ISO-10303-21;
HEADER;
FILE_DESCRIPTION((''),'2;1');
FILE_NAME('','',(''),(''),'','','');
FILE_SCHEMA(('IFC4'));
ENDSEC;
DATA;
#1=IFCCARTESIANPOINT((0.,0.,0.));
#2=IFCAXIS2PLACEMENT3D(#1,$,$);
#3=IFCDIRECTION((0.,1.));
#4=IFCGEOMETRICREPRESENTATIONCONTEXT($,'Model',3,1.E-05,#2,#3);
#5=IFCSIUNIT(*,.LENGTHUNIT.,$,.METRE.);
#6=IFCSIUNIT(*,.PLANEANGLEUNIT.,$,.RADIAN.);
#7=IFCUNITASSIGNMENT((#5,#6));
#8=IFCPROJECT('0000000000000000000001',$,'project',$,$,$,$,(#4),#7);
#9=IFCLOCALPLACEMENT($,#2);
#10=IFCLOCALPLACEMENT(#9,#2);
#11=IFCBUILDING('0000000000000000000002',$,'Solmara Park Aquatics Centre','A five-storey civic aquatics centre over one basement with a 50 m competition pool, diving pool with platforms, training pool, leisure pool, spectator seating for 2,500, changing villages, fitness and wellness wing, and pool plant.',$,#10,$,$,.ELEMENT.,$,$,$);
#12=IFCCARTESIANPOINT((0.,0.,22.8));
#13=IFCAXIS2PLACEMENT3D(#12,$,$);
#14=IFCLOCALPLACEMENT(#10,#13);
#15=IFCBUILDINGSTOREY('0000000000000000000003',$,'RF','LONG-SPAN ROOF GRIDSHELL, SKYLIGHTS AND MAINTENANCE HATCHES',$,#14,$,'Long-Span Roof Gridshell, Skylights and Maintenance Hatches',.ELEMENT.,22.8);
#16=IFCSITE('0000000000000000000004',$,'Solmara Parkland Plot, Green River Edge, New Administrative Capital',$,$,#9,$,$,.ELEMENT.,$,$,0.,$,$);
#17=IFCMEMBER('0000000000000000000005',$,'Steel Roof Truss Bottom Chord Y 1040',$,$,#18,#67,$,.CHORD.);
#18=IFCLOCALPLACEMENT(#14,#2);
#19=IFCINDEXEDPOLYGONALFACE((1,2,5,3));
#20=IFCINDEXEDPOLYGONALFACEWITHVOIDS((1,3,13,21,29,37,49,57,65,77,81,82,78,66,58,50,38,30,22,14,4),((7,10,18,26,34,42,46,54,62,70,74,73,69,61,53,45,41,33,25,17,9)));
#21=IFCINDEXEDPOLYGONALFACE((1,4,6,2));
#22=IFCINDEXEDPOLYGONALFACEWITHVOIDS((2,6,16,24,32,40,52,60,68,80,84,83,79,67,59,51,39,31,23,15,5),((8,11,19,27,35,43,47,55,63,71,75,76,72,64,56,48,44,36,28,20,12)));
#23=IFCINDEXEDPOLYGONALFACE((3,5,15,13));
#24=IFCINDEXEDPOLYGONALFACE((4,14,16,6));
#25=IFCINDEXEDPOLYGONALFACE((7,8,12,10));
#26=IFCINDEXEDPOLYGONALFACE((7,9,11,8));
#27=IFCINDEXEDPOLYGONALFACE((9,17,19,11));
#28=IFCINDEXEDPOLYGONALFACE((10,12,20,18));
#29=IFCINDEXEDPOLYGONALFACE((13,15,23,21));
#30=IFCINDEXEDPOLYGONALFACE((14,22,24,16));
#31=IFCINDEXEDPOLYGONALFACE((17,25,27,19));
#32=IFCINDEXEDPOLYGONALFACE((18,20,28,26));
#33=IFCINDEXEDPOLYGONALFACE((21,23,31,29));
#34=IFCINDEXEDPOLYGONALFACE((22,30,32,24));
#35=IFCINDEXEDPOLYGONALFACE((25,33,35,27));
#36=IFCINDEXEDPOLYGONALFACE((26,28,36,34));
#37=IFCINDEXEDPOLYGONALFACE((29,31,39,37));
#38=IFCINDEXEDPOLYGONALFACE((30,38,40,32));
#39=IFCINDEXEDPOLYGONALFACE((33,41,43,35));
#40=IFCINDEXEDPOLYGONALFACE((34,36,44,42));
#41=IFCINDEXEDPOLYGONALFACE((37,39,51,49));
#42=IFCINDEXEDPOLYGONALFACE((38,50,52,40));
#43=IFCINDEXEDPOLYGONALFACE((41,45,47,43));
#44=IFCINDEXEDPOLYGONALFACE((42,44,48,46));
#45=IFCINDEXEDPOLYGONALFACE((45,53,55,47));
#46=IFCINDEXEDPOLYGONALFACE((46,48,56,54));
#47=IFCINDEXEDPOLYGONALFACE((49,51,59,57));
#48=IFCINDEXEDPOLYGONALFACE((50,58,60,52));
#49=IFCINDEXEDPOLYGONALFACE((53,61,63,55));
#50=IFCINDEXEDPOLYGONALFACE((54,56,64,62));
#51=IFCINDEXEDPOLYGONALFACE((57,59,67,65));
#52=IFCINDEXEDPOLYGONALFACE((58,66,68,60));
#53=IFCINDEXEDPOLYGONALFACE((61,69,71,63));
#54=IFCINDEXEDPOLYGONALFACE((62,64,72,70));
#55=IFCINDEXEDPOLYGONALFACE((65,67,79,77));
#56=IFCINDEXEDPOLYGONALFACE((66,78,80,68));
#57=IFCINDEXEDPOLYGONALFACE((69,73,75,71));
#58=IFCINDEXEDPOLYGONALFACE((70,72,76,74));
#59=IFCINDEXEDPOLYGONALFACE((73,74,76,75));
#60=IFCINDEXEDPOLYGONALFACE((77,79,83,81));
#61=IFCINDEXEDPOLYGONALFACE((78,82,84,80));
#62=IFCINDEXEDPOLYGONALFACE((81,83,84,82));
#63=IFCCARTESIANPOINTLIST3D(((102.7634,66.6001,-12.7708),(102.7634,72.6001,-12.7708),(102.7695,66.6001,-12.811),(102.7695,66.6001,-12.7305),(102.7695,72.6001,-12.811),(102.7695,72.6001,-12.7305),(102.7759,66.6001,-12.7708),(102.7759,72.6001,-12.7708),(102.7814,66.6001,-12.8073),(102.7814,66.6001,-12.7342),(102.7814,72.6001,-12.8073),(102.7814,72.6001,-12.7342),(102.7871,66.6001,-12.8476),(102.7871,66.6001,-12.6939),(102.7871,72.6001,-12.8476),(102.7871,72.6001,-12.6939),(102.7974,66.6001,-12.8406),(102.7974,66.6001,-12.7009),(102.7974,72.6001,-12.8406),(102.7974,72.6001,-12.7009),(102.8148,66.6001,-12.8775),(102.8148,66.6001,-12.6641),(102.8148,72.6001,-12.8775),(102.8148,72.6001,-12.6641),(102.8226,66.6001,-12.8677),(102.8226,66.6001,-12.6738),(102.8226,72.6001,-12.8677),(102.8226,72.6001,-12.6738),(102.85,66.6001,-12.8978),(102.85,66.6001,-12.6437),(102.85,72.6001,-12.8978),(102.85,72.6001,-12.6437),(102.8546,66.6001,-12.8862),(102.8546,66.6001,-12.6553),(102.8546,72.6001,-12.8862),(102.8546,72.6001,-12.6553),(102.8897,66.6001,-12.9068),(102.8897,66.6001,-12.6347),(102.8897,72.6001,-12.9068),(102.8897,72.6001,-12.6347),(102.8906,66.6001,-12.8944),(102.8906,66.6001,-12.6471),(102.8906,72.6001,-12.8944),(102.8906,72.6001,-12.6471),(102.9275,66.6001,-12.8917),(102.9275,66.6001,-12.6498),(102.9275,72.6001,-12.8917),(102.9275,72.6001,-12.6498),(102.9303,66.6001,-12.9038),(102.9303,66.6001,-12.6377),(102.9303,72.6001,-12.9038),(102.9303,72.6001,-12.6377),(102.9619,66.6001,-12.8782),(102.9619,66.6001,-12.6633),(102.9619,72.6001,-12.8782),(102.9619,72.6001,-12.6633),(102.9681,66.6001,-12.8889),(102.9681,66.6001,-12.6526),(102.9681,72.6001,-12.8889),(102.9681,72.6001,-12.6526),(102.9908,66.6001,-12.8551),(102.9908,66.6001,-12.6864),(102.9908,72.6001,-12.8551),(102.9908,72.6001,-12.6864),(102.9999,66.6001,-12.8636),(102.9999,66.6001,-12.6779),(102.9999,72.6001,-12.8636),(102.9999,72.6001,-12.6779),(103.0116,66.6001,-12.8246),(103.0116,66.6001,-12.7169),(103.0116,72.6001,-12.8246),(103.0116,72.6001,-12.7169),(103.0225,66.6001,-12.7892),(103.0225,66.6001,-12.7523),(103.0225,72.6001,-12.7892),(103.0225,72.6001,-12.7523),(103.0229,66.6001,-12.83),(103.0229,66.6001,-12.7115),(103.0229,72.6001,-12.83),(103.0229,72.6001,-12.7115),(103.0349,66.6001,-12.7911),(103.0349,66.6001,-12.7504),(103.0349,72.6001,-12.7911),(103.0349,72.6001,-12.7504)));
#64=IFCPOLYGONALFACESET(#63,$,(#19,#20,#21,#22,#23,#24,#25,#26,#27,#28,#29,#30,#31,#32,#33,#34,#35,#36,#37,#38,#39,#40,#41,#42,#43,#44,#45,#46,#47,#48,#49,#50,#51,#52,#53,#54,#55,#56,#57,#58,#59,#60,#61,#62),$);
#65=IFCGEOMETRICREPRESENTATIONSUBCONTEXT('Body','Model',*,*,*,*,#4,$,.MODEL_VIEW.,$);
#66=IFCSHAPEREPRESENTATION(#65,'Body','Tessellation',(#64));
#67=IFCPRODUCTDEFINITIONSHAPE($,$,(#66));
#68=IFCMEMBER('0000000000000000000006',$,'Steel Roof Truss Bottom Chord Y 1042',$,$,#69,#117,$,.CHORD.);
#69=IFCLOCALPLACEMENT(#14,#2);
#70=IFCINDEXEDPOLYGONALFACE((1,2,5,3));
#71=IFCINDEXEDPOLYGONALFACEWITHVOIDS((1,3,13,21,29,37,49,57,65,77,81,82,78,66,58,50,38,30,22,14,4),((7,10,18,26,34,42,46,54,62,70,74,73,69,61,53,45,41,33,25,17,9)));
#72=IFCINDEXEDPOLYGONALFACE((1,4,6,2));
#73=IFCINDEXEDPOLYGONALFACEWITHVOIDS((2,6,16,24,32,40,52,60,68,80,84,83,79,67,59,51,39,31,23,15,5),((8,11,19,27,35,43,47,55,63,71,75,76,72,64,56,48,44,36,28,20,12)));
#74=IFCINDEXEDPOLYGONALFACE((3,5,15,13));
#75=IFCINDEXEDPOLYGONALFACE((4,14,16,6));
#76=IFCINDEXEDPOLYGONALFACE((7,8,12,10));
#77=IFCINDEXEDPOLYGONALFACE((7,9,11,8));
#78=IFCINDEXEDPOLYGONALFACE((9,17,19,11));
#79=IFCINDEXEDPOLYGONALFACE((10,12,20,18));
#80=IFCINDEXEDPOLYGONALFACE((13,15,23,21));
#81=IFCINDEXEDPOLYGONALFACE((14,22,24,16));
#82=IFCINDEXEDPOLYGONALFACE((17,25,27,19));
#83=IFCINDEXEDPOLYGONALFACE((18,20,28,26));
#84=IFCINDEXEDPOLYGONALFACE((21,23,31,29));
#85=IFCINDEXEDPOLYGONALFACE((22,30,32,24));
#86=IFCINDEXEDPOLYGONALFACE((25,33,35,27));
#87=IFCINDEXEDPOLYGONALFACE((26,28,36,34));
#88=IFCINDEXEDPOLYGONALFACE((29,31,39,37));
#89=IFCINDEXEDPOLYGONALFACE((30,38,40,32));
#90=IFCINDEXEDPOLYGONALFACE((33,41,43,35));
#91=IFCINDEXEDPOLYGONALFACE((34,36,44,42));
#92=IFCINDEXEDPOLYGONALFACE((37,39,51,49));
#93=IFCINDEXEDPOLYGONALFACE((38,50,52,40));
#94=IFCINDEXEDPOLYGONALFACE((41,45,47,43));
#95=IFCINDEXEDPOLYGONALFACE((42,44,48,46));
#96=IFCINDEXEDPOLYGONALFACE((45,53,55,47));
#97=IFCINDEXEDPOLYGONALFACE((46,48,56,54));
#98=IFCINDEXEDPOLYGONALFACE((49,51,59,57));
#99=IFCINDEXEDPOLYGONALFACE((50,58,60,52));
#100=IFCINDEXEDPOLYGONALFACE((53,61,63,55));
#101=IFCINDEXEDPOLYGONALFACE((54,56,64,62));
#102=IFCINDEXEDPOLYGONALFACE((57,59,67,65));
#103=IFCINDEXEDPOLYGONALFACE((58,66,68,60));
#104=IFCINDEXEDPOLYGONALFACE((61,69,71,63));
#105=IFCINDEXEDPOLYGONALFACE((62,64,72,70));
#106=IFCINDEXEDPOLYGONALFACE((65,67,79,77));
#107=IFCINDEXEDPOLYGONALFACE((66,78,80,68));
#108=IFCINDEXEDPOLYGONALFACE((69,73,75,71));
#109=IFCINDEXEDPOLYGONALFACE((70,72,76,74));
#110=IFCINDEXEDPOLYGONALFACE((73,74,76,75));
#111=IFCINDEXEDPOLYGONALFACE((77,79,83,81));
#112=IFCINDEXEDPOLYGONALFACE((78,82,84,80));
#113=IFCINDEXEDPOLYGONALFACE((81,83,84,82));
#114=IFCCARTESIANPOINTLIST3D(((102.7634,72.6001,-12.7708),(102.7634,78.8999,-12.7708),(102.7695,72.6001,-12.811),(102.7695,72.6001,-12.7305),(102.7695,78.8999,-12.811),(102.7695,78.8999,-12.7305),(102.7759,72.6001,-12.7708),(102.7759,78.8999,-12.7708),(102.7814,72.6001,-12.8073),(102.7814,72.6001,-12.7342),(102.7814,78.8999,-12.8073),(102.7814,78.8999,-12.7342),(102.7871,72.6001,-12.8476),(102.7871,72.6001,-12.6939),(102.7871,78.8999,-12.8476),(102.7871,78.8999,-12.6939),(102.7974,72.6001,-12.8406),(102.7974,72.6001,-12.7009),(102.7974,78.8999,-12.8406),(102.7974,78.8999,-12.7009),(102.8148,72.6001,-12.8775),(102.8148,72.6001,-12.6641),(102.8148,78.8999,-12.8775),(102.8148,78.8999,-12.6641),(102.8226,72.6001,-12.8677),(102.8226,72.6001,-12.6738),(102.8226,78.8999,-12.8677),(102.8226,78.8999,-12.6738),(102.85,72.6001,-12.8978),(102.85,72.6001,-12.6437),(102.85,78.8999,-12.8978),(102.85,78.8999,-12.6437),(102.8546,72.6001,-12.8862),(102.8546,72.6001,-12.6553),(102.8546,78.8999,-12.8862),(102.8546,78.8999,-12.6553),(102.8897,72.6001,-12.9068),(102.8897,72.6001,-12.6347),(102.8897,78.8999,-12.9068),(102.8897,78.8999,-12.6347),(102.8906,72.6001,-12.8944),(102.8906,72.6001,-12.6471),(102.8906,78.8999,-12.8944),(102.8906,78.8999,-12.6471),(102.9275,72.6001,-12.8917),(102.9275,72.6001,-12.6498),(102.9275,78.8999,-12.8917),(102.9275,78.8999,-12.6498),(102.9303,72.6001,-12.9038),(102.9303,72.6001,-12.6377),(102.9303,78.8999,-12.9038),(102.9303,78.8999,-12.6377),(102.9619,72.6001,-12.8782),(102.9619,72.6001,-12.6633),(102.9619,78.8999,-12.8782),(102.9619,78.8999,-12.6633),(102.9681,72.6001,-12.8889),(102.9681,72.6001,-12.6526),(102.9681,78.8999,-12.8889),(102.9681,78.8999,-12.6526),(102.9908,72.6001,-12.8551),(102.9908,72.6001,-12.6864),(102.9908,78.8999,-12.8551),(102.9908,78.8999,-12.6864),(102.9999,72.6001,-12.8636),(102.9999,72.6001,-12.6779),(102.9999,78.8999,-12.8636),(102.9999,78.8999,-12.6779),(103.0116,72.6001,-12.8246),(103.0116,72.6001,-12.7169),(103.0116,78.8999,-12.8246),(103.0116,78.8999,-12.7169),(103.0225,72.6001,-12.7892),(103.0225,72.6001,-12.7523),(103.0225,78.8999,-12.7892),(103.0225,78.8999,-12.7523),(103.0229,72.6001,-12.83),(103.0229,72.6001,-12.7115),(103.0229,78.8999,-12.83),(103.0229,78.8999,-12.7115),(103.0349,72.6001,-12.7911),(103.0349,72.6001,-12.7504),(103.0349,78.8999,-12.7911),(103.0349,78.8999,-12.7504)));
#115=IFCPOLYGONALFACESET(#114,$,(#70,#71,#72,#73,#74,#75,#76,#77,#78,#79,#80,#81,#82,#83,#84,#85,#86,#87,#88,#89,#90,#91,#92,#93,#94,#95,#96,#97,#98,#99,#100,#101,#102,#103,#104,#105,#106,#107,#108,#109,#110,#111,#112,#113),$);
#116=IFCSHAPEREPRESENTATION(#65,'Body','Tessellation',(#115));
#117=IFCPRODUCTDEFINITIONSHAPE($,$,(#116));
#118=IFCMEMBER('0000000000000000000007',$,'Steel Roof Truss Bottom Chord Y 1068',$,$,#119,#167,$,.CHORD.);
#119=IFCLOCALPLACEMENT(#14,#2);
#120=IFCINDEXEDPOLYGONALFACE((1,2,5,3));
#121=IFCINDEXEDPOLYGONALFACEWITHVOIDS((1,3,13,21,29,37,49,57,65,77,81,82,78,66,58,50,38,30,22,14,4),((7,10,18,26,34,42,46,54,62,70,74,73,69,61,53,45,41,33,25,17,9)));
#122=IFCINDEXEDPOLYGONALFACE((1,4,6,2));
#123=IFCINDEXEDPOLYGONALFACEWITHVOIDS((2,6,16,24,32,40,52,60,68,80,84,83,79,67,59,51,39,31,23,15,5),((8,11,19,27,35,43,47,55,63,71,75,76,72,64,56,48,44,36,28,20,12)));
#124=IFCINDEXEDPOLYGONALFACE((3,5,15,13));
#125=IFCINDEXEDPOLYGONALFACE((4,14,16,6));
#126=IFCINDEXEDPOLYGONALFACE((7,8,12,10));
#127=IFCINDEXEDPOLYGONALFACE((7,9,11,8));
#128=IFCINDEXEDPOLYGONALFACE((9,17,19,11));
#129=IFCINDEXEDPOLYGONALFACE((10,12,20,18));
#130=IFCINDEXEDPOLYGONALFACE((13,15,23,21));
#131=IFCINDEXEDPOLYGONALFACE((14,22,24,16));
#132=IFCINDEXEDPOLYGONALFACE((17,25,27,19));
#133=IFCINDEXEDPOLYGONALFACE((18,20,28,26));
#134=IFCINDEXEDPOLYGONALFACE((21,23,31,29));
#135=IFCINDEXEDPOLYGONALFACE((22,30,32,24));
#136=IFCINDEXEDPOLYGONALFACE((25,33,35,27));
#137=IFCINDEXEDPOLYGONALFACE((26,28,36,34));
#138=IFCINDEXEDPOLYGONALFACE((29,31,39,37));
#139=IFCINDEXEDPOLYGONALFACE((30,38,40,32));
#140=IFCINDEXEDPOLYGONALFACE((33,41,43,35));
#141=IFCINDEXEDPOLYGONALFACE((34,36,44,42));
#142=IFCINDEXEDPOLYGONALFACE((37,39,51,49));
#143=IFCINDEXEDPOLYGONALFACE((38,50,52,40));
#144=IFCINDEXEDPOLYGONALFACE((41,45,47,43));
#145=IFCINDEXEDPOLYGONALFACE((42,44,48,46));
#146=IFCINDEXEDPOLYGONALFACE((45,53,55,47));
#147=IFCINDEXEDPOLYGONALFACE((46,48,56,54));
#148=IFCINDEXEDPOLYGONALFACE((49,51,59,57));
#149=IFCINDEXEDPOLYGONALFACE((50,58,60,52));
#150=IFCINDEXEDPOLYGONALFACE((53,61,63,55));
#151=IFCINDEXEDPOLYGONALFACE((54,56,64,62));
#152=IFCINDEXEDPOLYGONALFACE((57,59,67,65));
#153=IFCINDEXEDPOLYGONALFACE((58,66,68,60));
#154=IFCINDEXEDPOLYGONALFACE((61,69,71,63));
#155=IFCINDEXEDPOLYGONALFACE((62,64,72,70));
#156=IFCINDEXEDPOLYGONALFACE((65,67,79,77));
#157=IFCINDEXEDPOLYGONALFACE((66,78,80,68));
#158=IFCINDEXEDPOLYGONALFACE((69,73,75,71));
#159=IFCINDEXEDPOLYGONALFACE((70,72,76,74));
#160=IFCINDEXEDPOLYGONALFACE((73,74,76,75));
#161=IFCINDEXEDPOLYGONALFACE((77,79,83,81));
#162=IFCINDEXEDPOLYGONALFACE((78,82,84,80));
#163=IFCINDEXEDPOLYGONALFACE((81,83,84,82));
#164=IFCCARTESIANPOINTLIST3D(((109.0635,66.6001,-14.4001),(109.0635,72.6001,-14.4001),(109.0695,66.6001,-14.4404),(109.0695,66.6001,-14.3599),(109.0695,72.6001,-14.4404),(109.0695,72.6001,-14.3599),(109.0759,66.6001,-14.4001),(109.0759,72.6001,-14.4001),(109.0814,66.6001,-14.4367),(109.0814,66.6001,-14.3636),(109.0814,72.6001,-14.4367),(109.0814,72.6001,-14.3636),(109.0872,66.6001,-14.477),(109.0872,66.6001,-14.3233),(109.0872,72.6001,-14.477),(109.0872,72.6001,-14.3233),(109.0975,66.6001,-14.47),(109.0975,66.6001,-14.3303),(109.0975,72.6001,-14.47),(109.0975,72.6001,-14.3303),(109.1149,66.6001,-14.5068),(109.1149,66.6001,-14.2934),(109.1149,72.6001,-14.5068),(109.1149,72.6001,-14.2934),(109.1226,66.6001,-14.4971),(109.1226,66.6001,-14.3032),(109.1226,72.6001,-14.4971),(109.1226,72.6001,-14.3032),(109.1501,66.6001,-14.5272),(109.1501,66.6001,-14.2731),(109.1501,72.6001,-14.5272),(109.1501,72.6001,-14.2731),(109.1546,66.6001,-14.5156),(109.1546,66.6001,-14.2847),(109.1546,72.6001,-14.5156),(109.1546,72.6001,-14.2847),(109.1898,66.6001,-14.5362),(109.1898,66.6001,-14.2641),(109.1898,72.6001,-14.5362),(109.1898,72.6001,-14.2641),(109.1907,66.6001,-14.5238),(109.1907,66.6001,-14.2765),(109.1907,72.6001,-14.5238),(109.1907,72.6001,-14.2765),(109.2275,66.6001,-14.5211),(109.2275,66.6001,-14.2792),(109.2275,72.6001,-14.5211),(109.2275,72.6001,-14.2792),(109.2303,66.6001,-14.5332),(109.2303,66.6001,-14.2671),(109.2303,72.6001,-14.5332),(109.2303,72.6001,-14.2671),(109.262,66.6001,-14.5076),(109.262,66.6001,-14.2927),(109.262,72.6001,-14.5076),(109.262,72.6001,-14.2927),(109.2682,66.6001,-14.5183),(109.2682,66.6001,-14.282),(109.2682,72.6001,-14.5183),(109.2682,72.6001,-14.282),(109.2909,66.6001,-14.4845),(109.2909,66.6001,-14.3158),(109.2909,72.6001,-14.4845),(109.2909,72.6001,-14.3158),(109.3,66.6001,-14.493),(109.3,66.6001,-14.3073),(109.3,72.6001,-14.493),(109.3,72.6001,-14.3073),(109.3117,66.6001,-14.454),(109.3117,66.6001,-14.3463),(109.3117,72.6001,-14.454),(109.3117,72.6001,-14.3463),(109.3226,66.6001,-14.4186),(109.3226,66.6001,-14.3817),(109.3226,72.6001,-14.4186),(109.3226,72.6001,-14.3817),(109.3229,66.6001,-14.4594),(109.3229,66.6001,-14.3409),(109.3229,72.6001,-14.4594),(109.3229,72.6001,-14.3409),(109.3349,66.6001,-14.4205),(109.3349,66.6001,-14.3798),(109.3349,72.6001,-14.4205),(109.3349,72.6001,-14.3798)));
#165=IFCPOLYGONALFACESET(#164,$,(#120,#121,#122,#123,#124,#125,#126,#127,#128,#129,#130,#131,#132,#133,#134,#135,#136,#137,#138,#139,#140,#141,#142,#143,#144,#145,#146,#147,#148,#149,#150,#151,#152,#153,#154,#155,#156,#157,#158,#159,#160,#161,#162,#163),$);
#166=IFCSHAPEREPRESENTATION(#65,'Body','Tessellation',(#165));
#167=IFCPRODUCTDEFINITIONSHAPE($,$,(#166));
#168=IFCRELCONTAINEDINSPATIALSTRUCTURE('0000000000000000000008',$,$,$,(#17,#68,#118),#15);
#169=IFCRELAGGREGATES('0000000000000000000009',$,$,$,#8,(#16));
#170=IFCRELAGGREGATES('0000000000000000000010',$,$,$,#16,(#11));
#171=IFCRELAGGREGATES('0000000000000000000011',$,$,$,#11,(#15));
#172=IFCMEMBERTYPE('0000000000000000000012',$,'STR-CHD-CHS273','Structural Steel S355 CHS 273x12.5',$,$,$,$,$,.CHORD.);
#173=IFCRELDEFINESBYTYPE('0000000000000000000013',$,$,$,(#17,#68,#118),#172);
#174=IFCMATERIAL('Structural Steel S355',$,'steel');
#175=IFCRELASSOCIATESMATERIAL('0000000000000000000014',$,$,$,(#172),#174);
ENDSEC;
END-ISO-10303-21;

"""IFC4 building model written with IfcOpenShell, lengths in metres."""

from ifc_helpers import new_model, si_unit, direction, frame, origin, origin_2d, place, context, subcontext, project, spatial, hollow_circle, extrude, material, material_profile, profile_set, type_object, element, save


model = new_model("IFC4")

# Units and contexts
model_context = context("Model", 3, precision=1e-05, world=origin(), true_north=direction((0.0, 1.0)))
body_context = subcontext(model_context, "Body", "Model", "MODEL_VIEW")
ifc_project = project(units=[si_unit("LENGTHUNIT", "METRE"), si_unit("PLANEANGLEUNIT", "RADIAN")], contexts=[model_context])

# Site, building, storey
site_placement = place(None, origin())
site = spatial("IfcSite", under=ifc_project, at=site_placement, Name="Solmara Parkland Plot, Green River Edge, New Administrative Capital", CompositionType="ELEMENT", RefElevation=0.0)
building_placement = place(site_placement, origin())
building = spatial("IfcBuilding", under=site, at=building_placement, Name="Solmara Park Aquatics Centre", Description="A five-storey civic aquatics centre over one basement with a 50 m competition pool, diving pool with platforms, training pool, leisure pool, spectator seating for 2,500, changing villages, fitness and wellness wing, and pool plant.", CompositionType="ELEMENT")
storey_placement = place(building_placement, frame((0.0, 0.0, 22.8)))
storey = spatial("IfcBuildingStorey", under=building, at=storey_placement, Name="RF", Description="LONG-SPAN ROOF GRIDSHELL, SKYLIGHTS AND MAINTENANCE HATCHES", LongName="Long-Span Roof Gridshell, Skylights and Maintenance Hatches", CompositionType="ELEMENT", Elevation=22.8)

# Members
ifc_material_1 = material(Name="Structural Steel S355", Category="steel")
ifc_material_profile_1 = material_profile(ifc_material_1, hollow_circle(Radius=0.1365, WallThickness=0.0125, at=origin_2d()), Name="CHS 273x12.5")
ifc_profile_set_1 = profile_set([ifc_material_profile_1], Name="Structural Steel S355")
member_type_1 = type_object("IfcMemberType", Name="STR-CHD-CHS273", Description="Structural Steel S355 CHS 273x12.5", PredefinedType="CHORD", material=ifc_profile_set_1)
member_1_placement = place(storey_placement, frame((102.8999, 66.6001, -12.7708), z_axis=(0.0, 1.0, 0.0), x_axis=(-1.0, 0.0, 0.0)))
element("IfcMember", 1, at=member_1_placement, inside=storey, type_object=member_type_1, Name="Steel Roof Truss Bottom Chord Y 1040", PredefinedType="CHORD", context=body_context, shape_type="SweptSolid", body=[
    extrude(hollow_circle(Radius=0.1365, WallThickness=0.0125, at=origin_2d()), origin(), (0.0, 0.0, 1.0), 6.0),
])
member_2_placement = place(storey_placement, frame((102.8999, 72.6001, -12.7708), z_axis=(0.0, 1.0, 0.0), x_axis=(-1.0, 0.0, 0.0)))
element("IfcMember", 2, at=member_2_placement, inside=storey, type_object=member_type_1, Name="Steel Roof Truss Bottom Chord Y 1042", PredefinedType="CHORD", context=body_context, shape_type="SweptSolid", body=[
    extrude(hollow_circle(Radius=0.1365, WallThickness=0.0125, at=origin_2d()), origin(), (0.0, 0.0, 1.0), 6.2998),
])
member_3_placement = place(storey_placement, frame((109.2, 66.6001, -14.4001), z_axis=(0.0, 1.0, 0.0), x_axis=(-1.0, 0.0, 0.0)))
element("IfcMember", 3, at=member_3_placement, inside=storey, type_object=member_type_1, Name="Steel Roof Truss Bottom Chord Y 1068", PredefinedType="CHORD", context=body_context, shape_type="SweptSolid", body=[
    extrude(hollow_circle(Radius=0.1365, WallThickness=0.0125, at=origin_2d()), origin(), (0.0, 0.0, 1.0), 6.0),
])

save(model, "model.ifc")
